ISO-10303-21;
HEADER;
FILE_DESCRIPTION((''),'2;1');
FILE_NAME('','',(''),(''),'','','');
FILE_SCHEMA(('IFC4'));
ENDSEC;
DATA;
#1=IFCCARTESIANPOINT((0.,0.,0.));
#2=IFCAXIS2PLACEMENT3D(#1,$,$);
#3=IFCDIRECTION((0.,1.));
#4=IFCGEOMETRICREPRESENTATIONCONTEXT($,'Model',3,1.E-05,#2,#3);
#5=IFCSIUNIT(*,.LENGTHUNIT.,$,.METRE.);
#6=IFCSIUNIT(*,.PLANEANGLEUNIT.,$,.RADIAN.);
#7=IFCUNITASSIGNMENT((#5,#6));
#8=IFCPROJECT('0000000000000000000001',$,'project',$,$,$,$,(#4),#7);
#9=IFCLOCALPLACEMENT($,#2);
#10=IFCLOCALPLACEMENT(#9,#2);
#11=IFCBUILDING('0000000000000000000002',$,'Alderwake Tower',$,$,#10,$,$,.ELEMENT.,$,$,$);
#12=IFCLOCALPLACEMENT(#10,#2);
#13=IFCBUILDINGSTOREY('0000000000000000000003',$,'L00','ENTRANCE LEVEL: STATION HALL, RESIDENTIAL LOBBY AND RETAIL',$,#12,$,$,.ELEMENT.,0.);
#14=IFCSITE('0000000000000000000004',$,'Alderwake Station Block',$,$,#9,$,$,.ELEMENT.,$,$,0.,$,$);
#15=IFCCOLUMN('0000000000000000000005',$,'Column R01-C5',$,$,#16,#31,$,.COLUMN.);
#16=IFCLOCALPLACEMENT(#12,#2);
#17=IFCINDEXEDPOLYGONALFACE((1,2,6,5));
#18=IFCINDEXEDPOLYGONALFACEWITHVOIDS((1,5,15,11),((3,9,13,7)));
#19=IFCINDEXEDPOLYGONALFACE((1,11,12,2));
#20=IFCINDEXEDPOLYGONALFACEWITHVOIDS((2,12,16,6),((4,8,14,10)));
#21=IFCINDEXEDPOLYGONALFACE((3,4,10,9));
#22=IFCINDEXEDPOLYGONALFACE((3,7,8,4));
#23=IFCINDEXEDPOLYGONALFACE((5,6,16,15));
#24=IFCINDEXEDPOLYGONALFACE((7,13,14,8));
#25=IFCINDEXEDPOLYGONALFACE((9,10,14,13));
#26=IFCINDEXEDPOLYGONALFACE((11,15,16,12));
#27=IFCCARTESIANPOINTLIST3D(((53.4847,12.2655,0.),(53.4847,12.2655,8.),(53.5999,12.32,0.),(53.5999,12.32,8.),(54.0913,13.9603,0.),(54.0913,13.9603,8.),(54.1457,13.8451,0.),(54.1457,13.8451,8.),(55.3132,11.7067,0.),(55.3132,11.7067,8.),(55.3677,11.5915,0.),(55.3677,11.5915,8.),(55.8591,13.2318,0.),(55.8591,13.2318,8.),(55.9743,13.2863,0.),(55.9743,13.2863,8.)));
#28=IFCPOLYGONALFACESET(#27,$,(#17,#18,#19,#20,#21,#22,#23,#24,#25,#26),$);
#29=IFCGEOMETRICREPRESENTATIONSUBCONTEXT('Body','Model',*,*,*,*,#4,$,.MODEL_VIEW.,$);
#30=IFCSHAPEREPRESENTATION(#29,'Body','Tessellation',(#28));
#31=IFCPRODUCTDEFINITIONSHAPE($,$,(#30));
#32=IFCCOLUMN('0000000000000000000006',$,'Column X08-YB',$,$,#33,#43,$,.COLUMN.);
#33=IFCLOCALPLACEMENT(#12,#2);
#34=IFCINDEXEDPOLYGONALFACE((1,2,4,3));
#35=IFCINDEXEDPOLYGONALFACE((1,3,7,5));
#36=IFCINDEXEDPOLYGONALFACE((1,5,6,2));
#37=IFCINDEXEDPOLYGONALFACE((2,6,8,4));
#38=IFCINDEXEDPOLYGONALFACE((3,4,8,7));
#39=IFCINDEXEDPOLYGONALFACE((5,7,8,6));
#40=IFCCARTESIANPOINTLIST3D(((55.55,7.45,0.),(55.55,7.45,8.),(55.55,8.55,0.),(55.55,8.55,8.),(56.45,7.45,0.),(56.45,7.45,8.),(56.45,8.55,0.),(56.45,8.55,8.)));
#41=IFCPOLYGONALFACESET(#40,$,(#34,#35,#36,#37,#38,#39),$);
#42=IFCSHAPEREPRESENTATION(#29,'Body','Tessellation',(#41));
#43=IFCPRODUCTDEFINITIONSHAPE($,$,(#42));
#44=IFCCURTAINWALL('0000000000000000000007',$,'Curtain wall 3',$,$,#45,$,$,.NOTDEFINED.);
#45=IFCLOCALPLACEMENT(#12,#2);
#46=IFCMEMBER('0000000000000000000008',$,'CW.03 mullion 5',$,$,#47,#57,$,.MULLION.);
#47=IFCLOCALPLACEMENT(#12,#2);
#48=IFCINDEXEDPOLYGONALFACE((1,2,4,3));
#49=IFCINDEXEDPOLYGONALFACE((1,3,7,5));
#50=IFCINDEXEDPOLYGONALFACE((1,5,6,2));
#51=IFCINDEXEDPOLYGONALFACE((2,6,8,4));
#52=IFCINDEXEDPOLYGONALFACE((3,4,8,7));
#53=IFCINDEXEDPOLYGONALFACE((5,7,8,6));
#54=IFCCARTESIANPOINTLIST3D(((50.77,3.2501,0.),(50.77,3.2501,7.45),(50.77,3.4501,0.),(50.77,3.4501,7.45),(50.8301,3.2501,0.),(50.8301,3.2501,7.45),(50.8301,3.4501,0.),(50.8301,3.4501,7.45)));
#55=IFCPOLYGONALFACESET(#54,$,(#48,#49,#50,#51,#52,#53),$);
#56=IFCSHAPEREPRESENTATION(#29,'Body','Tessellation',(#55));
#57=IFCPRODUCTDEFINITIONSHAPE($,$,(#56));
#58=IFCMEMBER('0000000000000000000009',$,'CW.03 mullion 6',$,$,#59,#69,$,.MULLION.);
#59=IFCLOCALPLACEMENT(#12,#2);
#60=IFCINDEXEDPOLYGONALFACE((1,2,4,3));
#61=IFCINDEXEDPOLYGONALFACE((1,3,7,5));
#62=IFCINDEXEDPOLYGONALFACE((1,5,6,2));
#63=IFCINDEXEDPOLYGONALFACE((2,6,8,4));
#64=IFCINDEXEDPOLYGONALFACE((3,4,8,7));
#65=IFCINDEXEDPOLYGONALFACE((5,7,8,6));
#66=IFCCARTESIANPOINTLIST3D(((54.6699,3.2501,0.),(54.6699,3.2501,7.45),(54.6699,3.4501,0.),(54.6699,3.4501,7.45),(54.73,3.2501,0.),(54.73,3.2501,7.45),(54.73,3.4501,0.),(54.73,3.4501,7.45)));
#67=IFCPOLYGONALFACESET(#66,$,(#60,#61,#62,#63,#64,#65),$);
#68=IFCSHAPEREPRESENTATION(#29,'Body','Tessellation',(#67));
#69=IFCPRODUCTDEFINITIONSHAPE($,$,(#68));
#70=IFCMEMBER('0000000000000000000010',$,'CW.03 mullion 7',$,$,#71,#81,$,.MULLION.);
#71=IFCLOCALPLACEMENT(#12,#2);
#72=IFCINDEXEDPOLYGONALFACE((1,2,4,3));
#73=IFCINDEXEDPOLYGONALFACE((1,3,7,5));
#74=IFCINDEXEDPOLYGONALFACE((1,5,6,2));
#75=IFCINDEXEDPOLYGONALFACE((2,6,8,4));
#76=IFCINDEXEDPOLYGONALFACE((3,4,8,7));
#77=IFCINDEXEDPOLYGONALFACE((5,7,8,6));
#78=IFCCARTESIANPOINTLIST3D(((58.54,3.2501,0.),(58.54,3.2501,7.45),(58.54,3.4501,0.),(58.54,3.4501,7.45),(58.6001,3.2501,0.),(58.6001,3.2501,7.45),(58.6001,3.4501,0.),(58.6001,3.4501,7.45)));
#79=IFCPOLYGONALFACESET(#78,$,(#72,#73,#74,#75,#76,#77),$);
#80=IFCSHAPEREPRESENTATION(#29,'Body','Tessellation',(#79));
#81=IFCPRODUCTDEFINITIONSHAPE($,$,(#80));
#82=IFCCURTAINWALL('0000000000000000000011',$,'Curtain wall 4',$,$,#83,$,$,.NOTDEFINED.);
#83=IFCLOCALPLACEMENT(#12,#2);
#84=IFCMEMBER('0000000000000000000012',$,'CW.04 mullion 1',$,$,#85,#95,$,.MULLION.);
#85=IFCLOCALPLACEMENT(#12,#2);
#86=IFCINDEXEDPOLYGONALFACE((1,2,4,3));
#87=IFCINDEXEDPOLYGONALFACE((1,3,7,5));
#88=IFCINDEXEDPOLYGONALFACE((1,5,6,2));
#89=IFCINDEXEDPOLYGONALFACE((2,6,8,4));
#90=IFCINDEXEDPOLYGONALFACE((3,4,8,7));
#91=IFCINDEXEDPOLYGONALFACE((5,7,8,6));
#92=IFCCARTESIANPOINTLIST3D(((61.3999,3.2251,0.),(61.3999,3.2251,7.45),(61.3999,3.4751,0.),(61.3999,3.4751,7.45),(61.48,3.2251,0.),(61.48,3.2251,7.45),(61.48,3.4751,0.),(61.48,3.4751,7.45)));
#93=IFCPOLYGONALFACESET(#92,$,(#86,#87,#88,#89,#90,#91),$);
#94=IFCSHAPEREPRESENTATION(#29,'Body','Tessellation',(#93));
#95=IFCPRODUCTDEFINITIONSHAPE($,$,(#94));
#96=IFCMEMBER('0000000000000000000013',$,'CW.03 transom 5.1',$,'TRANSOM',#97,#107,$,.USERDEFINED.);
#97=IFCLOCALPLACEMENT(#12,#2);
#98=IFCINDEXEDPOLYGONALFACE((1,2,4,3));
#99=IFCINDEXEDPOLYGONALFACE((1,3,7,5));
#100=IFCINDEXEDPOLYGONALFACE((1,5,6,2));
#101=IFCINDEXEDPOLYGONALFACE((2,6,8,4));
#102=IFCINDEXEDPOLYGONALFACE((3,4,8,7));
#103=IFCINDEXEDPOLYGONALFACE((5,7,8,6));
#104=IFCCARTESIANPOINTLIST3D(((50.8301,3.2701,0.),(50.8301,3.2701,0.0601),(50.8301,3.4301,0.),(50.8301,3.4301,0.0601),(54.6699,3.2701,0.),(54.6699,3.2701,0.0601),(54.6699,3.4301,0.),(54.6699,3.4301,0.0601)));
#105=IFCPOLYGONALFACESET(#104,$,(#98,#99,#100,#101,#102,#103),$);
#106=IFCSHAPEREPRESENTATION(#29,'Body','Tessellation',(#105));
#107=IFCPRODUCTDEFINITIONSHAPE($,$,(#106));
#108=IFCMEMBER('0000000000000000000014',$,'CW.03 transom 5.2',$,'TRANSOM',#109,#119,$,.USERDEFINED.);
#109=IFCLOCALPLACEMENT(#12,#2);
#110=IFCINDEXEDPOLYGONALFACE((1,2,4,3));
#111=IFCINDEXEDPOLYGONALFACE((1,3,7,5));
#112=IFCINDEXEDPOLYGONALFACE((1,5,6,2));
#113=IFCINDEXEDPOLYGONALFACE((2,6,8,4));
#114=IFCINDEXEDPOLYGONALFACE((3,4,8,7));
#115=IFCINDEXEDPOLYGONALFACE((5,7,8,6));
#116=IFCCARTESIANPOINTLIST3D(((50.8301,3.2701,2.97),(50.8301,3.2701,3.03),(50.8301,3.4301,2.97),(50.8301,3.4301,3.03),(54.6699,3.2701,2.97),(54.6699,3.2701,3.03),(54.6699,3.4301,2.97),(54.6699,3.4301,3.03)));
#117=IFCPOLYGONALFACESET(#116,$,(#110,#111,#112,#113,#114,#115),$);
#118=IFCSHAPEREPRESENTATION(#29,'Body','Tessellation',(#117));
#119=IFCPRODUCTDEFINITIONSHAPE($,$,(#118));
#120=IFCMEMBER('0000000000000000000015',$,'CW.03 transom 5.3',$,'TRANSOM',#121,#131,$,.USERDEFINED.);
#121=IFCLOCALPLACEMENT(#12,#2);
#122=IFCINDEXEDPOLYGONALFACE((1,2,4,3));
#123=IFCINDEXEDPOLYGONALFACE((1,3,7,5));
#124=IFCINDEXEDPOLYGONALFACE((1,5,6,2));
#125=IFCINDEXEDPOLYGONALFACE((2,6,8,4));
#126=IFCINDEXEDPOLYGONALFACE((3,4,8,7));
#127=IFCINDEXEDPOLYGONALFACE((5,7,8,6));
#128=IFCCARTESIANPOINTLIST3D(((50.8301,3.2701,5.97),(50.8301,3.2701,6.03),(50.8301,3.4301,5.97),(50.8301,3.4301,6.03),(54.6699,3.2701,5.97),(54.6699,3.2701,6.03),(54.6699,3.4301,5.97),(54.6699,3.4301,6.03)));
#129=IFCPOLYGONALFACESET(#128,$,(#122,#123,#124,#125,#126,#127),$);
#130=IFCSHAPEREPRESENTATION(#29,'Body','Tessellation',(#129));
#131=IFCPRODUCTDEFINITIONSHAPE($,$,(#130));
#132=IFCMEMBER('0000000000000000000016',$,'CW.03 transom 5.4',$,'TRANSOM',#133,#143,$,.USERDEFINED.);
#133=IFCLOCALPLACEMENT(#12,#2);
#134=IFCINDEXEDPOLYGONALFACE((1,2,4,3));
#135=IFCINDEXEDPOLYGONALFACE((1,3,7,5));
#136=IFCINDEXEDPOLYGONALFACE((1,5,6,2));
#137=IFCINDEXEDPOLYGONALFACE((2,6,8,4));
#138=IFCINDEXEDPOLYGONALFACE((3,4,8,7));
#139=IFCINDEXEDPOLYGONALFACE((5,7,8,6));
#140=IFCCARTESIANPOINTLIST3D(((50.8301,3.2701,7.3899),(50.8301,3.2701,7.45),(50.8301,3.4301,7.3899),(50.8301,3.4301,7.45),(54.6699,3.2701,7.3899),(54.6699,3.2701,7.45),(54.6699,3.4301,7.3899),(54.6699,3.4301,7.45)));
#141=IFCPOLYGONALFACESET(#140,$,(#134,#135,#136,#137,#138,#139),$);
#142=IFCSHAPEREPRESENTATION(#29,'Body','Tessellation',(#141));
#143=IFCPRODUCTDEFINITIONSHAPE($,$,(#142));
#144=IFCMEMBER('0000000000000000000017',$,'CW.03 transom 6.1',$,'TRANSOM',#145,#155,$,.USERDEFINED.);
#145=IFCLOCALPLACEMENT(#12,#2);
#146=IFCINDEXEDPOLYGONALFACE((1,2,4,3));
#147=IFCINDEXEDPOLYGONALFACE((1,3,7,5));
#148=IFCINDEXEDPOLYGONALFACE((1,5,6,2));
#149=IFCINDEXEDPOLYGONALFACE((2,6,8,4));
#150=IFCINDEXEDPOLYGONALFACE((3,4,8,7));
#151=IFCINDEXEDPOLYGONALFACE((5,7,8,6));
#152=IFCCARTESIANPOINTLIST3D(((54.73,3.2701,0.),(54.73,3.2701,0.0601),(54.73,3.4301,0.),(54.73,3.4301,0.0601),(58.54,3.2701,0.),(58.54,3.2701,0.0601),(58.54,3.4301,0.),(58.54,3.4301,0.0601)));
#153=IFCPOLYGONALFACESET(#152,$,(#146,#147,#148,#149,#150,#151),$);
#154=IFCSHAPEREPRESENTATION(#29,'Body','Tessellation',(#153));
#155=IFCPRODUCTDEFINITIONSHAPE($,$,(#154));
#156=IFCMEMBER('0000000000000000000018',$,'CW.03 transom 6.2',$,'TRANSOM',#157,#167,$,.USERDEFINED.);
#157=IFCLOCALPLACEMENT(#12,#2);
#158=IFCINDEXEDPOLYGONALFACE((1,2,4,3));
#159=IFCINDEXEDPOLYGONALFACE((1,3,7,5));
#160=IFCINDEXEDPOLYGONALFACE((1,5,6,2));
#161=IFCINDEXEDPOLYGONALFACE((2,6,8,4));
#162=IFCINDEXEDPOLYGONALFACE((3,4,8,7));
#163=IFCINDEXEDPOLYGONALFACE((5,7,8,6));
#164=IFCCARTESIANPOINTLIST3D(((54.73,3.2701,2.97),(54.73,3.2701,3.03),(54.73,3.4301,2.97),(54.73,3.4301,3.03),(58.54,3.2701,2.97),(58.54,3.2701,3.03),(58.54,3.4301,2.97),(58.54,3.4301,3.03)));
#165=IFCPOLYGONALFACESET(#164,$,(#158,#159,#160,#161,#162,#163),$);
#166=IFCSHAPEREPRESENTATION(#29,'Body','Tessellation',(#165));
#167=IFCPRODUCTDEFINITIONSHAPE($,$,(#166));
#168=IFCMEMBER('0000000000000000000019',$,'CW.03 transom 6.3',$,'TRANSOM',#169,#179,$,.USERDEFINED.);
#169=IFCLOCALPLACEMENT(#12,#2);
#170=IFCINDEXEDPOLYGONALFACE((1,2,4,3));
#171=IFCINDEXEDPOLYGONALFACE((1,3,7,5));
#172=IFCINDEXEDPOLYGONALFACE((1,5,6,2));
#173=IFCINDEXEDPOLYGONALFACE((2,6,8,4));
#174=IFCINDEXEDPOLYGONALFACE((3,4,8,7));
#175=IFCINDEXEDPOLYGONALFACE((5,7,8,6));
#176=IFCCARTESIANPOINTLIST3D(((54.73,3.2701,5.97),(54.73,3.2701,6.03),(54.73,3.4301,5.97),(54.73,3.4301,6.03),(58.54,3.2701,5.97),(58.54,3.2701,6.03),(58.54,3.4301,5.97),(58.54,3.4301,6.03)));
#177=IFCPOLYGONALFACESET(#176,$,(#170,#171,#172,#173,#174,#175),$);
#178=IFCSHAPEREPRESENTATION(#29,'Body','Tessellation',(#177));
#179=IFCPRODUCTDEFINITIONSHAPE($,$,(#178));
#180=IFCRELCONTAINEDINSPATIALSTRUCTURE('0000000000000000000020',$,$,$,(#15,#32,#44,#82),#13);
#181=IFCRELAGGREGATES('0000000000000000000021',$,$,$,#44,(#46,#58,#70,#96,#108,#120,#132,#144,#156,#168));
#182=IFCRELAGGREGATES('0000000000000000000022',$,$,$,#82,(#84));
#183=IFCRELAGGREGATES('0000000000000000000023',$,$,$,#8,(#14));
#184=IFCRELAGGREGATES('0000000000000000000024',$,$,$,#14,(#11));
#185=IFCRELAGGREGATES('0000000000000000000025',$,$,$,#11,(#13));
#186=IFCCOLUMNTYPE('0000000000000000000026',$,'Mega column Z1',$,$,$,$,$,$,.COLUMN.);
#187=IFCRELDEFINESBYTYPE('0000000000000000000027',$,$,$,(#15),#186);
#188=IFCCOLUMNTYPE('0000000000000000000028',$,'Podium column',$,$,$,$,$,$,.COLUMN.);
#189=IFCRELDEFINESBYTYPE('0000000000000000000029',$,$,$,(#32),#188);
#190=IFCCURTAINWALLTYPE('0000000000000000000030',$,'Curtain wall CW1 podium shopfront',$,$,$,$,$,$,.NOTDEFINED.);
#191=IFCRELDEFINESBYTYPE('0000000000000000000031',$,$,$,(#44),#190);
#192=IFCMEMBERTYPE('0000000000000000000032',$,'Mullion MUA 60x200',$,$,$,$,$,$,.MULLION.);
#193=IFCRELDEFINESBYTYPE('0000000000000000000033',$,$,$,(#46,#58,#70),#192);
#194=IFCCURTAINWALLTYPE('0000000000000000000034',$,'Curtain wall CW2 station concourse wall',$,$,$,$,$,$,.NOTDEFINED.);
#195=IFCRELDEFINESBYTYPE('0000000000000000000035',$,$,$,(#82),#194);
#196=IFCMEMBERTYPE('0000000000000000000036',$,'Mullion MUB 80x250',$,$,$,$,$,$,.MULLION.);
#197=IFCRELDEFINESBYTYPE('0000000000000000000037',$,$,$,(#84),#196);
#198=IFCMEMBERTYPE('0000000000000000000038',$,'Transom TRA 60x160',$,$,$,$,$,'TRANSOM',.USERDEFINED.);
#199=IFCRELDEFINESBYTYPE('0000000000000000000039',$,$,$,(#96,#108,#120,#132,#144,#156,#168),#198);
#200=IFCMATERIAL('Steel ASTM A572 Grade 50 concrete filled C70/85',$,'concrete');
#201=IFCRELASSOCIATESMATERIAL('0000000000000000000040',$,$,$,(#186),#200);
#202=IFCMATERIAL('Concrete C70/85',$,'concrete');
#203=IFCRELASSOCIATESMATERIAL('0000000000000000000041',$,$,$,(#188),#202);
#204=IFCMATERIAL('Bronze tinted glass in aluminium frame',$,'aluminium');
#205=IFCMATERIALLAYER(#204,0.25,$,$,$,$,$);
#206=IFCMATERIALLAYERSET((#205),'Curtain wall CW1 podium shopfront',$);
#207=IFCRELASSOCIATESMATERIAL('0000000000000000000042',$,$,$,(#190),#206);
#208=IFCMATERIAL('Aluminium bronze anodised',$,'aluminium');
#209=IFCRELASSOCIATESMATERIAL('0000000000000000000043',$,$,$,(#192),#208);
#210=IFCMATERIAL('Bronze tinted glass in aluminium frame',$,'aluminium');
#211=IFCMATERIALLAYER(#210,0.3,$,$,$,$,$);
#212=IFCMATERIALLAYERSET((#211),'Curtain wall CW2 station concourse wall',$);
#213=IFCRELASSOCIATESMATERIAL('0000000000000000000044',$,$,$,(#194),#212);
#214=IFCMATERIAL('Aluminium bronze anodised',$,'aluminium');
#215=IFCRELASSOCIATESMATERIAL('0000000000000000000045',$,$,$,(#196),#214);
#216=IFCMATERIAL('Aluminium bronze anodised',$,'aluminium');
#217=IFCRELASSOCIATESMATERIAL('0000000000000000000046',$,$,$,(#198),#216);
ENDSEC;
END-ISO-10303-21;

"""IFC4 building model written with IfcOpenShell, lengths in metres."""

from ifc_helpers import new_model, si_unit, direction, frame, origin, origin_2d, place, context, subcontext, project, spatial, rectangle, hollow_rectangle, extrude, material, layer, layer_set, material_profile, profile_set, type_object, element, aggregate, save


model = new_model("IFC4")

# Units and contexts
model_context = context("Model", 3, precision=1e-05, world=origin(), true_north=direction((0.0, 1.0)))
body_context = subcontext(model_context, "Body", "Model", "MODEL_VIEW")
ifc_project = project(units=[si_unit("LENGTHUNIT", "METRE"), si_unit("PLANEANGLEUNIT", "RADIAN")], contexts=[model_context])

# Site, building, storey
site_placement = place(None, origin())
site = spatial("IfcSite", under=ifc_project, at=site_placement, Name="Alderwake Station Block", CompositionType="ELEMENT", RefElevation=0.0)
building_placement = place(site_placement, origin())
building = spatial("IfcBuilding", under=site, at=building_placement, Name="Alderwake Tower", CompositionType="ELEMENT")
storey_placement = place(building_placement, origin())
storey = spatial("IfcBuildingStorey", under=building, at=storey_placement, Name="L00", Description="ENTRANCE LEVEL: STATION HALL, RESIDENTIAL LOBBY AND RETAIL", CompositionType="ELEMENT", Elevation=0.0)

# Columns
ifc_material_1 = material(Name="Steel ASTM A572 Grade 50 concrete filled C70/85", Category="concrete")
ifc_material_profile_1 = material_profile(ifc_material_1, hollow_rectangle(XDim=1.8, YDim=2.0, WallThickness=0.0901, at=origin_2d()), Name="BOX 2000X1800X90")
ifc_profile_set_1 = profile_set([ifc_material_profile_1], Name="Steel ASTM A572 Grade 50 concrete filled C70/85")
column_type_1 = type_object("IfcColumnType", Name="Mega column Z1", PredefinedType="COLUMN", material=ifc_profile_set_1)
column_1_placement = place(storey_placement, frame((54.7295, 12.7759, 0.0), z_axis=(0.0, 0.0, 1.0), x_axis=(0.336995, 0.941506, 0.0)))
element("IfcColumn", 1, at=column_1_placement, inside=storey, type_object=column_type_1, Name="Column R01-C5", PredefinedType="COLUMN", context=body_context, shape_type="SweptSolid", body=[
    extrude(hollow_rectangle(XDim=1.8, YDim=2.0, WallThickness=0.0901, at=origin_2d()), origin(), (0.0, 0.0, 1.0), 8.0),
])
ifc_material_2 = material(Name="Concrete C70/85", Category="concrete")
ifc_material_profile_2 = material_profile(ifc_material_2, rectangle(XDim=0.8999, YDim=1.1001, at=origin_2d()), Name="RC 1100X900")
ifc_profile_set_2 = profile_set([ifc_material_profile_2], Name="Concrete C70/85")
column_type_2 = type_object("IfcColumnType", Name="Podium column", PredefinedType="COLUMN", material=ifc_profile_set_2)
column_2_placement = place(storey_placement, frame((56.0, 8.0, 0.0), z_axis=(0.0, 0.0, 1.0), x_axis=(1.0, 0.0, 0.0)))
element("IfcColumn", 2, at=column_2_placement, inside=storey, type_object=column_type_2, Name="Column X08-YB", PredefinedType="COLUMN", context=body_context, shape_type="SweptSolid", body=[
    extrude(rectangle(XDim=0.8999, YDim=1.1001, at=origin_2d()), origin(), (0.0, 0.0, 1.0), 8.0),
])

# Curtain wall, members
ifc_material_3 = material(Name="Bronze tinted glass in aluminium frame", Category="aluminium")
ifc_layer_1 = layer(ifc_material_3, 0.25)
ifc_layer_set_1 = layer_set([ifc_layer_1], Name="Curtain wall CW1 podium shopfront")
curtain_wall_type_1 = type_object("IfcCurtainWallType", Name="Curtain wall CW1 podium shopfront", PredefinedType="NOTDEFINED", material=ifc_layer_set_1)
curtain_wall_1_placement = place(storey_placement, origin())
curtain_wall_1 = element("IfcCurtainWall", 3, at=curtain_wall_1_placement, inside=storey, type_object=curtain_wall_type_1, Name="Curtain wall 3", PredefinedType="NOTDEFINED")
ifc_material_4 = material(Name="Aluminium bronze anodised", Category="aluminium")
ifc_material_profile_3 = material_profile(ifc_material_4, rectangle(XDim=0.2, YDim=0.0601, at=origin_2d()), Name="Mullion MUA 60x200")
ifc_profile_set_3 = profile_set([ifc_material_profile_3], Name="Aluminium bronze anodised")
member_type_1 = type_object("IfcMemberType", Name="Mullion MUA 60x200", PredefinedType="MULLION", material=ifc_profile_set_3)
member_1_placement = place(storey_placement, frame((50.8, 3.3501, 0.0), z_axis=(0.0, 0.0, 1.0), x_axis=(0.0, 1.0, 0.0)))
member_1 = element("IfcMember", 4, at=member_1_placement, type_object=member_type_1, Name="CW.03 mullion 5", PredefinedType="MULLION", context=body_context, shape_type="SweptSolid", body=[
    extrude(rectangle(XDim=0.2, YDim=0.0601, at=origin_2d()), origin(), (0.0, 0.0, 1.0), 7.45),
])
member_2_placement = place(storey_placement, frame((54.7, 3.3501, 0.0), z_axis=(0.0, 0.0, 1.0), x_axis=(0.0, 1.0, 0.0)))
member_2 = element("IfcMember", 5, at=member_2_placement, type_object=member_type_1, Name="CW.03 mullion 6", PredefinedType="MULLION", context=body_context, shape_type="SweptSolid", body=[
    extrude(rectangle(XDim=0.2, YDim=0.0601, at=origin_2d()), origin(), (0.0, 0.0, 1.0), 7.45),
])
member_3_placement = place(storey_placement, frame((58.5701, 3.3501, 0.0), z_axis=(0.0, 0.0, 1.0), x_axis=(0.0, 1.0, 0.0)))
member_3 = element("IfcMember", 6, at=member_3_placement, type_object=member_type_1, Name="CW.03 mullion 7", PredefinedType="MULLION", context=body_context, shape_type="SweptSolid", body=[
    extrude(rectangle(XDim=0.2, YDim=0.0601, at=origin_2d()), origin(), (0.0, 0.0, 1.0), 7.45),
])

# Curtain wall, member
ifc_material_5 = material(Name="Bronze tinted glass in aluminium frame", Category="aluminium")
ifc_layer_2 = layer(ifc_material_5, 0.3)
ifc_layer_set_2 = layer_set([ifc_layer_2], Name="Curtain wall CW2 station concourse wall")
curtain_wall_type_2 = type_object("IfcCurtainWallType", Name="Curtain wall CW2 station concourse wall", PredefinedType="NOTDEFINED", material=ifc_layer_set_2)
curtain_wall_2_placement = place(storey_placement, origin())
curtain_wall_2 = element("IfcCurtainWall", 7, at=curtain_wall_2_placement, inside=storey, type_object=curtain_wall_type_2, Name="Curtain wall 4", PredefinedType="NOTDEFINED")
ifc_material_6 = material(Name="Aluminium bronze anodised", Category="aluminium")
ifc_material_profile_4 = material_profile(ifc_material_6, rectangle(XDim=0.25, YDim=0.0801, at=origin_2d()), Name="Mullion MUB 80x250")
ifc_profile_set_4 = profile_set([ifc_material_profile_4], Name="Aluminium bronze anodised")
member_type_2 = type_object("IfcMemberType", Name="Mullion MUB 80x250", PredefinedType="MULLION", material=ifc_profile_set_4)
member_4_placement = place(storey_placement, frame((61.4399, 3.3501, 0.0), z_axis=(0.0, 0.0, 1.0), x_axis=(0.0, 1.0, 0.0)))
member_4 = element("IfcMember", 8, at=member_4_placement, type_object=member_type_2, Name="CW.04 mullion 1", PredefinedType="MULLION", context=body_context, shape_type="SweptSolid", body=[
    extrude(rectangle(XDim=0.25, YDim=0.0801, at=origin_2d()), origin(), (0.0, 0.0, 1.0), 7.45),
])

# Members
ifc_material_7 = material(Name="Aluminium bronze anodised", Category="aluminium")
ifc_material_profile_5 = material_profile(ifc_material_7, rectangle(XDim=0.1599, YDim=0.0601, at=origin_2d()), Name="Transom TRA 60x160")
ifc_profile_set_5 = profile_set([ifc_material_profile_5], Name="Aluminium bronze anodised")
member_type_3 = type_object("IfcMemberType", Name="Transom TRA 60x160", ElementType="TRANSOM", PredefinedType="USERDEFINED", material=ifc_profile_set_5)
member_5_placement = place(storey_placement, frame((50.8301, 3.3501, 0.03), z_axis=(1.0, 0.0, 0.0), x_axis=(0.0, 1.0, 0.0)))
member_5 = element("IfcMember", 9, at=member_5_placement, type_object=member_type_3, Name="CW.03 transom 5.1", ObjectType="TRANSOM", PredefinedType="USERDEFINED", context=body_context, shape_type="SweptSolid", body=[
    extrude(rectangle(XDim=0.1599, YDim=0.0601, at=origin_2d()), origin(), (0.0, 0.0, 1.0), 3.8398),
])
member_6_placement = place(storey_placement, frame((50.8301, 3.3501, 3.0), z_axis=(1.0, 0.0, 0.0), x_axis=(0.0, 1.0, 0.0)))
member_6 = element("IfcMember", 10, at=member_6_placement, type_object=member_type_3, Name="CW.03 transom 5.2", ObjectType="TRANSOM", PredefinedType="USERDEFINED", context=body_context, shape_type="SweptSolid", body=[
    extrude(rectangle(XDim=0.1599, YDim=0.0601, at=origin_2d()), origin(), (0.0, 0.0, 1.0), 3.8398),
])
member_7_placement = place(storey_placement, frame((50.8301, 3.3501, 6.0), z_axis=(1.0, 0.0, 0.0), x_axis=(0.0, 1.0, 0.0)))
member_7 = element("IfcMember", 11, at=member_7_placement, type_object=member_type_3, Name="CW.03 transom 5.3", ObjectType="TRANSOM", PredefinedType="USERDEFINED", context=body_context, shape_type="SweptSolid", body=[
    extrude(rectangle(XDim=0.1599, YDim=0.0601, at=origin_2d()), origin(), (0.0, 0.0, 1.0), 3.8398),
])
member_8_placement = place(storey_placement, frame((50.8301, 3.3501, 7.4199), z_axis=(1.0, 0.0, 0.0), x_axis=(0.0, 1.0, 0.0)))
member_8 = element("IfcMember", 12, at=member_8_placement, type_object=member_type_3, Name="CW.03 transom 5.4", ObjectType="TRANSOM", PredefinedType="USERDEFINED", context=body_context, shape_type="SweptSolid", body=[
    extrude(rectangle(XDim=0.1599, YDim=0.0601, at=origin_2d()), origin(), (0.0, 0.0, 1.0), 3.8398),
])
member_9_placement = place(storey_placement, frame((54.73, 3.3501, 0.03), z_axis=(1.0, 0.0, 0.0), x_axis=(0.0, 1.0, 0.0)))
member_9 = element("IfcMember", 13, at=member_9_placement, type_object=member_type_3, Name="CW.03 transom 6.1", ObjectType="TRANSOM", PredefinedType="USERDEFINED", context=body_context, shape_type="SweptSolid", body=[
    extrude(rectangle(XDim=0.1599, YDim=0.0601, at=origin_2d()), origin(), (0.0, 0.0, 1.0), 3.8101),
])
member_10_placement = place(storey_placement, frame((54.73, 3.3501, 3.0), z_axis=(1.0, 0.0, 0.0), x_axis=(0.0, 1.0, 0.0)))
member_10 = element("IfcMember", 14, at=member_10_placement, type_object=member_type_3, Name="CW.03 transom 6.2", ObjectType="TRANSOM", PredefinedType="USERDEFINED", context=body_context, shape_type="SweptSolid", body=[
    extrude(rectangle(XDim=0.1599, YDim=0.0601, at=origin_2d()), origin(), (0.0, 0.0, 1.0), 3.8101),
])
member_11_placement = place(storey_placement, frame((54.73, 3.3501, 6.0), z_axis=(1.0, 0.0, 0.0), x_axis=(0.0, 1.0, 0.0)))
member_11 = element("IfcMember", 15, at=member_11_placement, type_object=member_type_3, Name="CW.03 transom 6.3", ObjectType="TRANSOM", PredefinedType="USERDEFINED", context=body_context, shape_type="SweptSolid", body=[
    extrude(rectangle(XDim=0.1599, YDim=0.0601, at=origin_2d()), origin(), (0.0, 0.0, 1.0), 3.8101),
])

aggregate(curtain_wall_1, [member_1, member_2, member_3, member_5, member_6, member_7, member_8, member_9, member_10, member_11])
aggregate(curtain_wall_2, [member_4])

save(model, "model.ifc")
